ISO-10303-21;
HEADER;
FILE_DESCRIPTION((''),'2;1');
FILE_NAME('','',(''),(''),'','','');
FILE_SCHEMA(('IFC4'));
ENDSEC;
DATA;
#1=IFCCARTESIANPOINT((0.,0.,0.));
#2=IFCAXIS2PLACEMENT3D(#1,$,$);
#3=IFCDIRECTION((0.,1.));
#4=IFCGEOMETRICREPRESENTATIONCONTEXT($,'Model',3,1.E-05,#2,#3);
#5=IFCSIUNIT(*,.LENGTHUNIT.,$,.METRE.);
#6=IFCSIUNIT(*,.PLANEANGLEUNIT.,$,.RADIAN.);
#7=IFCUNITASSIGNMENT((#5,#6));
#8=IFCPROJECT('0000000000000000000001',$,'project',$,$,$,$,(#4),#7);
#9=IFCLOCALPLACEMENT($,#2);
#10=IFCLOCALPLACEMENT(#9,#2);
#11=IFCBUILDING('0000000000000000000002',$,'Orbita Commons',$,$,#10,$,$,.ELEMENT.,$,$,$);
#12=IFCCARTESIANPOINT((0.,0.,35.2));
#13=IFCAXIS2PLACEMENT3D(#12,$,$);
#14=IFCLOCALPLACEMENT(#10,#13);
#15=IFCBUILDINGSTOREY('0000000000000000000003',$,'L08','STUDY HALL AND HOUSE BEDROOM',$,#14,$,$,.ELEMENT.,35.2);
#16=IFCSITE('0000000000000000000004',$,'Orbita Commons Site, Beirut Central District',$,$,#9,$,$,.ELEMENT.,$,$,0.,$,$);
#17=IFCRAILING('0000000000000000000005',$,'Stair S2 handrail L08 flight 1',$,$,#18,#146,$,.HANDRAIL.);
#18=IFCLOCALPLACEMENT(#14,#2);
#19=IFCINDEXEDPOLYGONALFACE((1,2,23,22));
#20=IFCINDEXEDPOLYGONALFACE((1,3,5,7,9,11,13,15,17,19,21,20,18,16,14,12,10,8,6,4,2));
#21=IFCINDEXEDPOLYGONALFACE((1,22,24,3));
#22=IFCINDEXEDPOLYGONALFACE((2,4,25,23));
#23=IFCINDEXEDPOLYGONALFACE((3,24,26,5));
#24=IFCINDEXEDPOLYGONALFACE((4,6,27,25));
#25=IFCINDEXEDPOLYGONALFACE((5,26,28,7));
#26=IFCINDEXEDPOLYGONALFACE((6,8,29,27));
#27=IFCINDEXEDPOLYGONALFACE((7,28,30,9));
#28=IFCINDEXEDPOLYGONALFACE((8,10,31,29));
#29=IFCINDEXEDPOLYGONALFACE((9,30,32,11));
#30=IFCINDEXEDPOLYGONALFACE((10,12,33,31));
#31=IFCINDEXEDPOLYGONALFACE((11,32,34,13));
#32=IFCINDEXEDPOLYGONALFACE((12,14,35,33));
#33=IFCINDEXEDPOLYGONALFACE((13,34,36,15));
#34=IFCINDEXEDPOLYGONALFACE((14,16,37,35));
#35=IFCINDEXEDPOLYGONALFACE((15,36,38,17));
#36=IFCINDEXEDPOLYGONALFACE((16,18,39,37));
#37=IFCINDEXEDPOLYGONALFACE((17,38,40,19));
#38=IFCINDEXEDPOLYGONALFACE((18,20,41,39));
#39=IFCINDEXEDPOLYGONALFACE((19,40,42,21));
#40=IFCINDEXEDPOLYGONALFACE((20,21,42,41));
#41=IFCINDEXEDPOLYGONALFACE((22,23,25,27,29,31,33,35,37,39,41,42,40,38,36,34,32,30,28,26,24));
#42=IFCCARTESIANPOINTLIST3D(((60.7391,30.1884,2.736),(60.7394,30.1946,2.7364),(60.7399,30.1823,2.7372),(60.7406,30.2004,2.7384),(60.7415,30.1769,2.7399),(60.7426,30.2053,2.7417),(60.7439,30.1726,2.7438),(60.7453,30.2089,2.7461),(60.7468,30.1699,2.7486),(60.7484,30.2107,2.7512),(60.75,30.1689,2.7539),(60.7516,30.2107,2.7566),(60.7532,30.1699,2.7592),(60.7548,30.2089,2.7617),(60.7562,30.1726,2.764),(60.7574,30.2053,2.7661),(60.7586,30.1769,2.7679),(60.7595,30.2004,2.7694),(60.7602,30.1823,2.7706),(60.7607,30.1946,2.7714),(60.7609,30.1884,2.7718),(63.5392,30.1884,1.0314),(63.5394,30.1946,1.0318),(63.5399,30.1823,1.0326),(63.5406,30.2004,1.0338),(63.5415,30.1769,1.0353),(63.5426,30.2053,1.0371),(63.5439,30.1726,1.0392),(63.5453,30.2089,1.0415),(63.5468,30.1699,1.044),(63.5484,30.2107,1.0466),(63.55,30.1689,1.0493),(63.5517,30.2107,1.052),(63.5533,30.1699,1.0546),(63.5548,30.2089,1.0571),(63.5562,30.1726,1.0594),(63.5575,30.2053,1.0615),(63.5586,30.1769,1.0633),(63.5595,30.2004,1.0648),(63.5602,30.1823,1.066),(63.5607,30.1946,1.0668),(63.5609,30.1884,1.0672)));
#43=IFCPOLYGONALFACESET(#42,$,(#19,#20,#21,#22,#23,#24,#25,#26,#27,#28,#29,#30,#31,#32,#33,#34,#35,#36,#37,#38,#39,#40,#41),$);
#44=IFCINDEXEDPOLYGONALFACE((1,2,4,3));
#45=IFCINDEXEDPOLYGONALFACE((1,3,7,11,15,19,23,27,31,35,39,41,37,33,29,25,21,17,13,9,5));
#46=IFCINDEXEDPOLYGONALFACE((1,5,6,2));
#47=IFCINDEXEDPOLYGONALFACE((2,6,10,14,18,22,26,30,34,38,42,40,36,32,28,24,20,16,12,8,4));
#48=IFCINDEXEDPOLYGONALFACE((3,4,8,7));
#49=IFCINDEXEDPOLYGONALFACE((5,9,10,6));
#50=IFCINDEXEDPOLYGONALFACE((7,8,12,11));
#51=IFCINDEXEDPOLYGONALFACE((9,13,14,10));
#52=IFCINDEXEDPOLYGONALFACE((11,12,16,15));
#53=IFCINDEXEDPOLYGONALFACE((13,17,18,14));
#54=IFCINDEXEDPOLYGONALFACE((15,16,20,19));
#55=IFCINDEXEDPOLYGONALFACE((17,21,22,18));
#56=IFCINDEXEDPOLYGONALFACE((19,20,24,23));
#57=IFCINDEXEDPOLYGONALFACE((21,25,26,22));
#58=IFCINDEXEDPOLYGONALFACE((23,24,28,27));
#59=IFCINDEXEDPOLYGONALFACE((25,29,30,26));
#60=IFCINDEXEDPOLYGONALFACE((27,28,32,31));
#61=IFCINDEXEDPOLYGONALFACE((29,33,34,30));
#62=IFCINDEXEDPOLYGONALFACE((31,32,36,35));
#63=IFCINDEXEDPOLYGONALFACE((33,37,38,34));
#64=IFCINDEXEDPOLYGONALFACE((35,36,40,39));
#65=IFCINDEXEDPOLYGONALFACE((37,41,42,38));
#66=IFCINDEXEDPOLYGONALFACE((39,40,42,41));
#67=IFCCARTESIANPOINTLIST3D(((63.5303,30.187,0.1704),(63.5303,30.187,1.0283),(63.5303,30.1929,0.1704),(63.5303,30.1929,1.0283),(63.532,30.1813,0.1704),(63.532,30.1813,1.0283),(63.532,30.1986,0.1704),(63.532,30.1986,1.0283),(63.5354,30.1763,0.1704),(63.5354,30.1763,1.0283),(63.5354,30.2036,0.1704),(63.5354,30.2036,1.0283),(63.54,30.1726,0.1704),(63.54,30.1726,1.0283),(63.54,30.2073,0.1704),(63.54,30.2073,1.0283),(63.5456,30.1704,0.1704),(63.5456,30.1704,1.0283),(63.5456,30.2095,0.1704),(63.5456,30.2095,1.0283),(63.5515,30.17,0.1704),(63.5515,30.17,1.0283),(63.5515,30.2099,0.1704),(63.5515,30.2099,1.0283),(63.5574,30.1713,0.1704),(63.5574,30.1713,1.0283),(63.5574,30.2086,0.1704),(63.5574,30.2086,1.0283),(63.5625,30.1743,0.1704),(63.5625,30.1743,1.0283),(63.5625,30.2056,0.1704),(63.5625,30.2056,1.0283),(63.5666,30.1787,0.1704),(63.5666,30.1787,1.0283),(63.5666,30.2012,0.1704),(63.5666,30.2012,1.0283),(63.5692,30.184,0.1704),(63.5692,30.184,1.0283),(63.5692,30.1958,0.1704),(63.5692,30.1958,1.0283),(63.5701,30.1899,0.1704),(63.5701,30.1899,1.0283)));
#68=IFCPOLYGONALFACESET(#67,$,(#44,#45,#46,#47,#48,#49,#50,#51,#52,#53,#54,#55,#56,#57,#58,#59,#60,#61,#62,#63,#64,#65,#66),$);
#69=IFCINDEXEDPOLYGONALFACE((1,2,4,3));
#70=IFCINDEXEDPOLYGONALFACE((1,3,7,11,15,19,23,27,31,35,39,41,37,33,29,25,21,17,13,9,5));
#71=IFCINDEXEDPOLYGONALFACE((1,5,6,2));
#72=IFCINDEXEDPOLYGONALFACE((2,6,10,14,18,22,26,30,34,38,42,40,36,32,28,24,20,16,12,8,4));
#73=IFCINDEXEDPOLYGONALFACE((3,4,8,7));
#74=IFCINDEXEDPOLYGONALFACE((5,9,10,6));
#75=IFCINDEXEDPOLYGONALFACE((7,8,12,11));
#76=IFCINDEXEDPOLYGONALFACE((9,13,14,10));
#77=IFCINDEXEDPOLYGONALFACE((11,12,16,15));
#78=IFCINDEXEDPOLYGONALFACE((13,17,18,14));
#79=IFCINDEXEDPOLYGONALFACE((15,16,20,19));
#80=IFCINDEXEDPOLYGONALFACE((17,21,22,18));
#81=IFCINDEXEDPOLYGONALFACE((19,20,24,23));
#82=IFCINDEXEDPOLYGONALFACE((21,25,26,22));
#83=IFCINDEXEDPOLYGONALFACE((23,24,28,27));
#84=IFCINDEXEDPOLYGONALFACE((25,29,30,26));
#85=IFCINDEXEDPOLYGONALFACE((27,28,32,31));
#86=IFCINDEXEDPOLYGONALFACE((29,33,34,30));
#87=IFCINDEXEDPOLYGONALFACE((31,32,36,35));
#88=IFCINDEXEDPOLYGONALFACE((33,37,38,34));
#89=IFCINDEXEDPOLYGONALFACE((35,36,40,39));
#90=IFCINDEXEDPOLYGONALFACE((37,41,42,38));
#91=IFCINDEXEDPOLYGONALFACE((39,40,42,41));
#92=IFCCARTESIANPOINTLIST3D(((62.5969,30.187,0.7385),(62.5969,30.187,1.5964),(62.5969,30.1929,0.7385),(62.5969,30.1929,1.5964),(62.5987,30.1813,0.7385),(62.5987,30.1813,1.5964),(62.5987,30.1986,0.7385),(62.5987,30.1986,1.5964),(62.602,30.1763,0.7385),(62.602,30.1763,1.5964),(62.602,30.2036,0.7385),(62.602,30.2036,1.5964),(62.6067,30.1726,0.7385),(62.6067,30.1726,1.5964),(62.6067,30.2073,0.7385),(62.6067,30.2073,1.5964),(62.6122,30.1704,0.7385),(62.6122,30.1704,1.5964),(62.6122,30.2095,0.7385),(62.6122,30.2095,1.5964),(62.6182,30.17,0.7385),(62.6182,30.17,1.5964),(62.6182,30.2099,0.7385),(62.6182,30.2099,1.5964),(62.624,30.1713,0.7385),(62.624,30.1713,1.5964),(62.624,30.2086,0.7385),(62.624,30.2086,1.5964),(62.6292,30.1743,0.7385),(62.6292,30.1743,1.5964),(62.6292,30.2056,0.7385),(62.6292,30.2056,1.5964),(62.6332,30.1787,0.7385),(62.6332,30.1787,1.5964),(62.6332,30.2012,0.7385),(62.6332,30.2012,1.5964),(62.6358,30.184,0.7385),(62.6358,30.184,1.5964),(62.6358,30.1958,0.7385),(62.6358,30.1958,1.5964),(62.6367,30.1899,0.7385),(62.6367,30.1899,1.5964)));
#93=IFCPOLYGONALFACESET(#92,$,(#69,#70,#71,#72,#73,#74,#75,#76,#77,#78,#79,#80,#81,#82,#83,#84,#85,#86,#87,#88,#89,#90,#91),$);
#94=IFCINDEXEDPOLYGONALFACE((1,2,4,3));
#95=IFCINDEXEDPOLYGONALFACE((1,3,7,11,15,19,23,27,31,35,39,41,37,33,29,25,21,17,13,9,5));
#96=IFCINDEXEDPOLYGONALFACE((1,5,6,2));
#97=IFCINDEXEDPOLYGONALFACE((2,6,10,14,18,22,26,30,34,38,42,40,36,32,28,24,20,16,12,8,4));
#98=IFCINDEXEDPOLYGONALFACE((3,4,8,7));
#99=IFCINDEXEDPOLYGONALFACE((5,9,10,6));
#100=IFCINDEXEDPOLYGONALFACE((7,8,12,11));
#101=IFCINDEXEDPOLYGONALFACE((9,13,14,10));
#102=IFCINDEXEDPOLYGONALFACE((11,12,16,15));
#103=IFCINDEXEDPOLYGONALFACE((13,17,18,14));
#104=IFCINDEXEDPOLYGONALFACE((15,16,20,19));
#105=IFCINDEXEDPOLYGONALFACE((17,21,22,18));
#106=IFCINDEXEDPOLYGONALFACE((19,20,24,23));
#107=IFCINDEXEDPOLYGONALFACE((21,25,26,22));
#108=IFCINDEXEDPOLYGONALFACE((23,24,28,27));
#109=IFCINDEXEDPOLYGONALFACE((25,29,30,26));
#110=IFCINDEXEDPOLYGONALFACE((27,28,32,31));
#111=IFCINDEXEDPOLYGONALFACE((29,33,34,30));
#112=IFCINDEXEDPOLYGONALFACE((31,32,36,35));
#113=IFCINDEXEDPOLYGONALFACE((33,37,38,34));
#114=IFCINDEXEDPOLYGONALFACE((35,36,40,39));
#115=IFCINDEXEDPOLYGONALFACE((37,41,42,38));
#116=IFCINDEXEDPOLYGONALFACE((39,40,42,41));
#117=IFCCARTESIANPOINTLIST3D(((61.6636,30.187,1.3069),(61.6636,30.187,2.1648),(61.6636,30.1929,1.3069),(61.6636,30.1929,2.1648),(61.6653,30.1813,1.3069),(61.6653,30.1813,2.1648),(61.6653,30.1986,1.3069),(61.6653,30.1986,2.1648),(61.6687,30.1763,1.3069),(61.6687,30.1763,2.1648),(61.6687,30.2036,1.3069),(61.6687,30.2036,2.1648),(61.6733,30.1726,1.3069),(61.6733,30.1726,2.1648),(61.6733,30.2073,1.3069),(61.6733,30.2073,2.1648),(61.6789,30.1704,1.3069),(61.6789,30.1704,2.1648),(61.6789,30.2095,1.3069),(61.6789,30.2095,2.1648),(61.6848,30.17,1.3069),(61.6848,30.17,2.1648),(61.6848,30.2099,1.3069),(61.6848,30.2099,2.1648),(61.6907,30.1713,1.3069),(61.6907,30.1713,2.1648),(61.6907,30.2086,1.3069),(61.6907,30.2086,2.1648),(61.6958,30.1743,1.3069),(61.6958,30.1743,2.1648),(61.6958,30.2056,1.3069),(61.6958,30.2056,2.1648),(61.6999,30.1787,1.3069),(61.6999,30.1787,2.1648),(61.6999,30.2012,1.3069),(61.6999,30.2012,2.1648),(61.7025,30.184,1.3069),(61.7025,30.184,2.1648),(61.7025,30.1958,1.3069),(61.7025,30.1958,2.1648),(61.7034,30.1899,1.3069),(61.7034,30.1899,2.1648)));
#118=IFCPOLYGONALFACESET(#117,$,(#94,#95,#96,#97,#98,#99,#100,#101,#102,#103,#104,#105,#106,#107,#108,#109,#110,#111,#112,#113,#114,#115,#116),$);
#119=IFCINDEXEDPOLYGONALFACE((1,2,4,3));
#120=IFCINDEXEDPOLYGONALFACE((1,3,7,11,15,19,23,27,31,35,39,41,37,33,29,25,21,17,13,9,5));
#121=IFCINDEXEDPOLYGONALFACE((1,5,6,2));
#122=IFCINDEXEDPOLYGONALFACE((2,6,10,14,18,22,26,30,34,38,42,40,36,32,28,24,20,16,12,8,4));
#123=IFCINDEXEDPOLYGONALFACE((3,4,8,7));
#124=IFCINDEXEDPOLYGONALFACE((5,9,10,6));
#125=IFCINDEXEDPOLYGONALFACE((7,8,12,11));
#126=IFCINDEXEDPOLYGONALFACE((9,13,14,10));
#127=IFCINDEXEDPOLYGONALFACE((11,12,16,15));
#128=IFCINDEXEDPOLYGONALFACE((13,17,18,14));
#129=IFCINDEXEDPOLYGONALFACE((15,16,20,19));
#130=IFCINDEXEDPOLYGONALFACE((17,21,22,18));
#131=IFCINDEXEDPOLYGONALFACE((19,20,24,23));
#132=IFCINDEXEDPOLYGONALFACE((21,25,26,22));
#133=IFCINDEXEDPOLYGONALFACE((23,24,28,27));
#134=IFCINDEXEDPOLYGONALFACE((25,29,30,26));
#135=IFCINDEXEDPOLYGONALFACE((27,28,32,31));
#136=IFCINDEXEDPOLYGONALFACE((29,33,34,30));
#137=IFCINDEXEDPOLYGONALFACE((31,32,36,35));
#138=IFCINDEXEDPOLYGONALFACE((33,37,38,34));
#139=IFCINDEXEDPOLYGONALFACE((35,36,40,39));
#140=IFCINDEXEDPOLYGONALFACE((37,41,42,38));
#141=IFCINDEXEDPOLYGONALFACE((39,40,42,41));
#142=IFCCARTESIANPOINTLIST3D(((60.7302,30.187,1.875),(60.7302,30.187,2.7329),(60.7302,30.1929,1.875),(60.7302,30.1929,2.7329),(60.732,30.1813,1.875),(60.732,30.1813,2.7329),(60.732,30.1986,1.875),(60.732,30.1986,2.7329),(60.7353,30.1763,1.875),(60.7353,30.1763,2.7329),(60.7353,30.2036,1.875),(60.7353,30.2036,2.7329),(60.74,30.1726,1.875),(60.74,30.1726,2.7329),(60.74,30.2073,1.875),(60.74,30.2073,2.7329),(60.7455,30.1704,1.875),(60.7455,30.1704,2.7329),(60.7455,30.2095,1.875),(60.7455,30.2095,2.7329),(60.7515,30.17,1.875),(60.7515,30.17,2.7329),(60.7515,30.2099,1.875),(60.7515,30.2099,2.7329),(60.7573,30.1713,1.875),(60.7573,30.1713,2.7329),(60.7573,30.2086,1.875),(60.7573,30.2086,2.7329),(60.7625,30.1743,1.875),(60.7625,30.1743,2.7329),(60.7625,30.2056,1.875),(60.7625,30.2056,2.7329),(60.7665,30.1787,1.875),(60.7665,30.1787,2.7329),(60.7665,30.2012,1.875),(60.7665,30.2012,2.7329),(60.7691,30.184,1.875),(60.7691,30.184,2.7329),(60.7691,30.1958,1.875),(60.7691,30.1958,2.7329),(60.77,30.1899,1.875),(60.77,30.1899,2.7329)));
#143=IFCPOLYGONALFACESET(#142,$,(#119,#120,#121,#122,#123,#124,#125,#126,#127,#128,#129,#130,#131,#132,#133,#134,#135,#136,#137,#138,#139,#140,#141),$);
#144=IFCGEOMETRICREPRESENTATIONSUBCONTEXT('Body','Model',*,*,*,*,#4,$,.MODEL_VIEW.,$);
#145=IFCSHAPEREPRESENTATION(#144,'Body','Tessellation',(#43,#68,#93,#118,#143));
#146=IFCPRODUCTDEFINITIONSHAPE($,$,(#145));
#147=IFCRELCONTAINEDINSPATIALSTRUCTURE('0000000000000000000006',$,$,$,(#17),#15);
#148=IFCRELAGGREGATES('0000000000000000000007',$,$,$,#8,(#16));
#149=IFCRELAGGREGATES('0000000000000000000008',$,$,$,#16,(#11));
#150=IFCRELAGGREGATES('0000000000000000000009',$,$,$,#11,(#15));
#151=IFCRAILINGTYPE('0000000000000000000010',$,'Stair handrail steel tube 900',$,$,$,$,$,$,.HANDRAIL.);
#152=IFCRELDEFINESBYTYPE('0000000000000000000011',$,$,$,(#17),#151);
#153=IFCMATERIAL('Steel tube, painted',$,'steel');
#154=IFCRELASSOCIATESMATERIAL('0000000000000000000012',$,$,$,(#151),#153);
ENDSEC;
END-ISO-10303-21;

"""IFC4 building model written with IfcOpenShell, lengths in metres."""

from ifc_helpers import new_model, si_unit, direction, frame, origin, origin_2d, place, context, subcontext, project, spatial, circle, extrude, material, type_object, element, save


model = new_model("IFC4")

# Units and contexts
model_context = context("Model", 3, precision=1e-05, world=origin(), true_north=direction((0.0, 1.0)))
body_context = subcontext(model_context, "Body", "Model", "MODEL_VIEW")
ifc_project = project(units=[si_unit("LENGTHUNIT", "METRE"), si_unit("PLANEANGLEUNIT", "RADIAN")], contexts=[model_context])

# Site, building, storey
site_placement = place(None, origin())
site = spatial("IfcSite", under=ifc_project, at=site_placement, Name="Orbita Commons Site, Beirut Central District", CompositionType="ELEMENT", RefElevation=0.0)
building_placement = place(site_placement, origin())
building = spatial("IfcBuilding", under=site, at=building_placement, Name="Orbita Commons", CompositionType="ELEMENT")
storey_placement = place(building_placement, frame((0.0, 0.0, 35.2)))
storey = spatial("IfcBuildingStorey", under=building, at=storey_placement, Name="L08", Description="STUDY HALL AND HOUSE BEDROOM", CompositionType="ELEMENT", Elevation=35.2)

# Railing
ifc_material_1 = material(Name="Steel tube, painted", Category="steel")
railing_type = type_object("IfcRailingType", Name="Stair handrail steel tube 900", PredefinedType="HANDRAIL", material=ifc_material_1)
for number, where, name in (
    (1, (63.55, 30.1899, 0.1704), "Stair S2 handrail L08 flight 1"),
):
    element("IfcRailing", number, at=place(storey_placement, frame(where)), inside=storey, type_object=railing_type, Name=name, PredefinedType="HANDRAIL", context=body_context, shape_type="SweptSolid", body=[
        extrude(circle(Radius=0.021, at=origin_2d()), frame((0.0, 0.0, 0.8789), z_axis=(-0.85417, 0.0, 0.519994), x_axis=(0.0, -1.0, 0.0)), (0.0, 0.0, 1.0), 3.2781),
        extrude(circle(Radius=0.02, at=origin_2d()), origin(), (0.0, 0.0, 1.0), 0.8579),
        extrude(circle(Radius=0.02, at=origin_2d()), frame((-0.9333, 0.0, 0.5681)), (0.0, 0.0, 1.0), 0.8579),
        extrude(circle(Radius=0.02, at=origin_2d()), frame((-1.8667, 0.0, 1.1365)), (0.0, 0.0, 1.0), 0.8579),
        extrude(circle(Radius=0.02, at=origin_2d()), frame((-2.8, 0.0, 1.7046)), (0.0, 0.0, 1.0), 0.8579),
    ])

save(model, "model.ifc")
